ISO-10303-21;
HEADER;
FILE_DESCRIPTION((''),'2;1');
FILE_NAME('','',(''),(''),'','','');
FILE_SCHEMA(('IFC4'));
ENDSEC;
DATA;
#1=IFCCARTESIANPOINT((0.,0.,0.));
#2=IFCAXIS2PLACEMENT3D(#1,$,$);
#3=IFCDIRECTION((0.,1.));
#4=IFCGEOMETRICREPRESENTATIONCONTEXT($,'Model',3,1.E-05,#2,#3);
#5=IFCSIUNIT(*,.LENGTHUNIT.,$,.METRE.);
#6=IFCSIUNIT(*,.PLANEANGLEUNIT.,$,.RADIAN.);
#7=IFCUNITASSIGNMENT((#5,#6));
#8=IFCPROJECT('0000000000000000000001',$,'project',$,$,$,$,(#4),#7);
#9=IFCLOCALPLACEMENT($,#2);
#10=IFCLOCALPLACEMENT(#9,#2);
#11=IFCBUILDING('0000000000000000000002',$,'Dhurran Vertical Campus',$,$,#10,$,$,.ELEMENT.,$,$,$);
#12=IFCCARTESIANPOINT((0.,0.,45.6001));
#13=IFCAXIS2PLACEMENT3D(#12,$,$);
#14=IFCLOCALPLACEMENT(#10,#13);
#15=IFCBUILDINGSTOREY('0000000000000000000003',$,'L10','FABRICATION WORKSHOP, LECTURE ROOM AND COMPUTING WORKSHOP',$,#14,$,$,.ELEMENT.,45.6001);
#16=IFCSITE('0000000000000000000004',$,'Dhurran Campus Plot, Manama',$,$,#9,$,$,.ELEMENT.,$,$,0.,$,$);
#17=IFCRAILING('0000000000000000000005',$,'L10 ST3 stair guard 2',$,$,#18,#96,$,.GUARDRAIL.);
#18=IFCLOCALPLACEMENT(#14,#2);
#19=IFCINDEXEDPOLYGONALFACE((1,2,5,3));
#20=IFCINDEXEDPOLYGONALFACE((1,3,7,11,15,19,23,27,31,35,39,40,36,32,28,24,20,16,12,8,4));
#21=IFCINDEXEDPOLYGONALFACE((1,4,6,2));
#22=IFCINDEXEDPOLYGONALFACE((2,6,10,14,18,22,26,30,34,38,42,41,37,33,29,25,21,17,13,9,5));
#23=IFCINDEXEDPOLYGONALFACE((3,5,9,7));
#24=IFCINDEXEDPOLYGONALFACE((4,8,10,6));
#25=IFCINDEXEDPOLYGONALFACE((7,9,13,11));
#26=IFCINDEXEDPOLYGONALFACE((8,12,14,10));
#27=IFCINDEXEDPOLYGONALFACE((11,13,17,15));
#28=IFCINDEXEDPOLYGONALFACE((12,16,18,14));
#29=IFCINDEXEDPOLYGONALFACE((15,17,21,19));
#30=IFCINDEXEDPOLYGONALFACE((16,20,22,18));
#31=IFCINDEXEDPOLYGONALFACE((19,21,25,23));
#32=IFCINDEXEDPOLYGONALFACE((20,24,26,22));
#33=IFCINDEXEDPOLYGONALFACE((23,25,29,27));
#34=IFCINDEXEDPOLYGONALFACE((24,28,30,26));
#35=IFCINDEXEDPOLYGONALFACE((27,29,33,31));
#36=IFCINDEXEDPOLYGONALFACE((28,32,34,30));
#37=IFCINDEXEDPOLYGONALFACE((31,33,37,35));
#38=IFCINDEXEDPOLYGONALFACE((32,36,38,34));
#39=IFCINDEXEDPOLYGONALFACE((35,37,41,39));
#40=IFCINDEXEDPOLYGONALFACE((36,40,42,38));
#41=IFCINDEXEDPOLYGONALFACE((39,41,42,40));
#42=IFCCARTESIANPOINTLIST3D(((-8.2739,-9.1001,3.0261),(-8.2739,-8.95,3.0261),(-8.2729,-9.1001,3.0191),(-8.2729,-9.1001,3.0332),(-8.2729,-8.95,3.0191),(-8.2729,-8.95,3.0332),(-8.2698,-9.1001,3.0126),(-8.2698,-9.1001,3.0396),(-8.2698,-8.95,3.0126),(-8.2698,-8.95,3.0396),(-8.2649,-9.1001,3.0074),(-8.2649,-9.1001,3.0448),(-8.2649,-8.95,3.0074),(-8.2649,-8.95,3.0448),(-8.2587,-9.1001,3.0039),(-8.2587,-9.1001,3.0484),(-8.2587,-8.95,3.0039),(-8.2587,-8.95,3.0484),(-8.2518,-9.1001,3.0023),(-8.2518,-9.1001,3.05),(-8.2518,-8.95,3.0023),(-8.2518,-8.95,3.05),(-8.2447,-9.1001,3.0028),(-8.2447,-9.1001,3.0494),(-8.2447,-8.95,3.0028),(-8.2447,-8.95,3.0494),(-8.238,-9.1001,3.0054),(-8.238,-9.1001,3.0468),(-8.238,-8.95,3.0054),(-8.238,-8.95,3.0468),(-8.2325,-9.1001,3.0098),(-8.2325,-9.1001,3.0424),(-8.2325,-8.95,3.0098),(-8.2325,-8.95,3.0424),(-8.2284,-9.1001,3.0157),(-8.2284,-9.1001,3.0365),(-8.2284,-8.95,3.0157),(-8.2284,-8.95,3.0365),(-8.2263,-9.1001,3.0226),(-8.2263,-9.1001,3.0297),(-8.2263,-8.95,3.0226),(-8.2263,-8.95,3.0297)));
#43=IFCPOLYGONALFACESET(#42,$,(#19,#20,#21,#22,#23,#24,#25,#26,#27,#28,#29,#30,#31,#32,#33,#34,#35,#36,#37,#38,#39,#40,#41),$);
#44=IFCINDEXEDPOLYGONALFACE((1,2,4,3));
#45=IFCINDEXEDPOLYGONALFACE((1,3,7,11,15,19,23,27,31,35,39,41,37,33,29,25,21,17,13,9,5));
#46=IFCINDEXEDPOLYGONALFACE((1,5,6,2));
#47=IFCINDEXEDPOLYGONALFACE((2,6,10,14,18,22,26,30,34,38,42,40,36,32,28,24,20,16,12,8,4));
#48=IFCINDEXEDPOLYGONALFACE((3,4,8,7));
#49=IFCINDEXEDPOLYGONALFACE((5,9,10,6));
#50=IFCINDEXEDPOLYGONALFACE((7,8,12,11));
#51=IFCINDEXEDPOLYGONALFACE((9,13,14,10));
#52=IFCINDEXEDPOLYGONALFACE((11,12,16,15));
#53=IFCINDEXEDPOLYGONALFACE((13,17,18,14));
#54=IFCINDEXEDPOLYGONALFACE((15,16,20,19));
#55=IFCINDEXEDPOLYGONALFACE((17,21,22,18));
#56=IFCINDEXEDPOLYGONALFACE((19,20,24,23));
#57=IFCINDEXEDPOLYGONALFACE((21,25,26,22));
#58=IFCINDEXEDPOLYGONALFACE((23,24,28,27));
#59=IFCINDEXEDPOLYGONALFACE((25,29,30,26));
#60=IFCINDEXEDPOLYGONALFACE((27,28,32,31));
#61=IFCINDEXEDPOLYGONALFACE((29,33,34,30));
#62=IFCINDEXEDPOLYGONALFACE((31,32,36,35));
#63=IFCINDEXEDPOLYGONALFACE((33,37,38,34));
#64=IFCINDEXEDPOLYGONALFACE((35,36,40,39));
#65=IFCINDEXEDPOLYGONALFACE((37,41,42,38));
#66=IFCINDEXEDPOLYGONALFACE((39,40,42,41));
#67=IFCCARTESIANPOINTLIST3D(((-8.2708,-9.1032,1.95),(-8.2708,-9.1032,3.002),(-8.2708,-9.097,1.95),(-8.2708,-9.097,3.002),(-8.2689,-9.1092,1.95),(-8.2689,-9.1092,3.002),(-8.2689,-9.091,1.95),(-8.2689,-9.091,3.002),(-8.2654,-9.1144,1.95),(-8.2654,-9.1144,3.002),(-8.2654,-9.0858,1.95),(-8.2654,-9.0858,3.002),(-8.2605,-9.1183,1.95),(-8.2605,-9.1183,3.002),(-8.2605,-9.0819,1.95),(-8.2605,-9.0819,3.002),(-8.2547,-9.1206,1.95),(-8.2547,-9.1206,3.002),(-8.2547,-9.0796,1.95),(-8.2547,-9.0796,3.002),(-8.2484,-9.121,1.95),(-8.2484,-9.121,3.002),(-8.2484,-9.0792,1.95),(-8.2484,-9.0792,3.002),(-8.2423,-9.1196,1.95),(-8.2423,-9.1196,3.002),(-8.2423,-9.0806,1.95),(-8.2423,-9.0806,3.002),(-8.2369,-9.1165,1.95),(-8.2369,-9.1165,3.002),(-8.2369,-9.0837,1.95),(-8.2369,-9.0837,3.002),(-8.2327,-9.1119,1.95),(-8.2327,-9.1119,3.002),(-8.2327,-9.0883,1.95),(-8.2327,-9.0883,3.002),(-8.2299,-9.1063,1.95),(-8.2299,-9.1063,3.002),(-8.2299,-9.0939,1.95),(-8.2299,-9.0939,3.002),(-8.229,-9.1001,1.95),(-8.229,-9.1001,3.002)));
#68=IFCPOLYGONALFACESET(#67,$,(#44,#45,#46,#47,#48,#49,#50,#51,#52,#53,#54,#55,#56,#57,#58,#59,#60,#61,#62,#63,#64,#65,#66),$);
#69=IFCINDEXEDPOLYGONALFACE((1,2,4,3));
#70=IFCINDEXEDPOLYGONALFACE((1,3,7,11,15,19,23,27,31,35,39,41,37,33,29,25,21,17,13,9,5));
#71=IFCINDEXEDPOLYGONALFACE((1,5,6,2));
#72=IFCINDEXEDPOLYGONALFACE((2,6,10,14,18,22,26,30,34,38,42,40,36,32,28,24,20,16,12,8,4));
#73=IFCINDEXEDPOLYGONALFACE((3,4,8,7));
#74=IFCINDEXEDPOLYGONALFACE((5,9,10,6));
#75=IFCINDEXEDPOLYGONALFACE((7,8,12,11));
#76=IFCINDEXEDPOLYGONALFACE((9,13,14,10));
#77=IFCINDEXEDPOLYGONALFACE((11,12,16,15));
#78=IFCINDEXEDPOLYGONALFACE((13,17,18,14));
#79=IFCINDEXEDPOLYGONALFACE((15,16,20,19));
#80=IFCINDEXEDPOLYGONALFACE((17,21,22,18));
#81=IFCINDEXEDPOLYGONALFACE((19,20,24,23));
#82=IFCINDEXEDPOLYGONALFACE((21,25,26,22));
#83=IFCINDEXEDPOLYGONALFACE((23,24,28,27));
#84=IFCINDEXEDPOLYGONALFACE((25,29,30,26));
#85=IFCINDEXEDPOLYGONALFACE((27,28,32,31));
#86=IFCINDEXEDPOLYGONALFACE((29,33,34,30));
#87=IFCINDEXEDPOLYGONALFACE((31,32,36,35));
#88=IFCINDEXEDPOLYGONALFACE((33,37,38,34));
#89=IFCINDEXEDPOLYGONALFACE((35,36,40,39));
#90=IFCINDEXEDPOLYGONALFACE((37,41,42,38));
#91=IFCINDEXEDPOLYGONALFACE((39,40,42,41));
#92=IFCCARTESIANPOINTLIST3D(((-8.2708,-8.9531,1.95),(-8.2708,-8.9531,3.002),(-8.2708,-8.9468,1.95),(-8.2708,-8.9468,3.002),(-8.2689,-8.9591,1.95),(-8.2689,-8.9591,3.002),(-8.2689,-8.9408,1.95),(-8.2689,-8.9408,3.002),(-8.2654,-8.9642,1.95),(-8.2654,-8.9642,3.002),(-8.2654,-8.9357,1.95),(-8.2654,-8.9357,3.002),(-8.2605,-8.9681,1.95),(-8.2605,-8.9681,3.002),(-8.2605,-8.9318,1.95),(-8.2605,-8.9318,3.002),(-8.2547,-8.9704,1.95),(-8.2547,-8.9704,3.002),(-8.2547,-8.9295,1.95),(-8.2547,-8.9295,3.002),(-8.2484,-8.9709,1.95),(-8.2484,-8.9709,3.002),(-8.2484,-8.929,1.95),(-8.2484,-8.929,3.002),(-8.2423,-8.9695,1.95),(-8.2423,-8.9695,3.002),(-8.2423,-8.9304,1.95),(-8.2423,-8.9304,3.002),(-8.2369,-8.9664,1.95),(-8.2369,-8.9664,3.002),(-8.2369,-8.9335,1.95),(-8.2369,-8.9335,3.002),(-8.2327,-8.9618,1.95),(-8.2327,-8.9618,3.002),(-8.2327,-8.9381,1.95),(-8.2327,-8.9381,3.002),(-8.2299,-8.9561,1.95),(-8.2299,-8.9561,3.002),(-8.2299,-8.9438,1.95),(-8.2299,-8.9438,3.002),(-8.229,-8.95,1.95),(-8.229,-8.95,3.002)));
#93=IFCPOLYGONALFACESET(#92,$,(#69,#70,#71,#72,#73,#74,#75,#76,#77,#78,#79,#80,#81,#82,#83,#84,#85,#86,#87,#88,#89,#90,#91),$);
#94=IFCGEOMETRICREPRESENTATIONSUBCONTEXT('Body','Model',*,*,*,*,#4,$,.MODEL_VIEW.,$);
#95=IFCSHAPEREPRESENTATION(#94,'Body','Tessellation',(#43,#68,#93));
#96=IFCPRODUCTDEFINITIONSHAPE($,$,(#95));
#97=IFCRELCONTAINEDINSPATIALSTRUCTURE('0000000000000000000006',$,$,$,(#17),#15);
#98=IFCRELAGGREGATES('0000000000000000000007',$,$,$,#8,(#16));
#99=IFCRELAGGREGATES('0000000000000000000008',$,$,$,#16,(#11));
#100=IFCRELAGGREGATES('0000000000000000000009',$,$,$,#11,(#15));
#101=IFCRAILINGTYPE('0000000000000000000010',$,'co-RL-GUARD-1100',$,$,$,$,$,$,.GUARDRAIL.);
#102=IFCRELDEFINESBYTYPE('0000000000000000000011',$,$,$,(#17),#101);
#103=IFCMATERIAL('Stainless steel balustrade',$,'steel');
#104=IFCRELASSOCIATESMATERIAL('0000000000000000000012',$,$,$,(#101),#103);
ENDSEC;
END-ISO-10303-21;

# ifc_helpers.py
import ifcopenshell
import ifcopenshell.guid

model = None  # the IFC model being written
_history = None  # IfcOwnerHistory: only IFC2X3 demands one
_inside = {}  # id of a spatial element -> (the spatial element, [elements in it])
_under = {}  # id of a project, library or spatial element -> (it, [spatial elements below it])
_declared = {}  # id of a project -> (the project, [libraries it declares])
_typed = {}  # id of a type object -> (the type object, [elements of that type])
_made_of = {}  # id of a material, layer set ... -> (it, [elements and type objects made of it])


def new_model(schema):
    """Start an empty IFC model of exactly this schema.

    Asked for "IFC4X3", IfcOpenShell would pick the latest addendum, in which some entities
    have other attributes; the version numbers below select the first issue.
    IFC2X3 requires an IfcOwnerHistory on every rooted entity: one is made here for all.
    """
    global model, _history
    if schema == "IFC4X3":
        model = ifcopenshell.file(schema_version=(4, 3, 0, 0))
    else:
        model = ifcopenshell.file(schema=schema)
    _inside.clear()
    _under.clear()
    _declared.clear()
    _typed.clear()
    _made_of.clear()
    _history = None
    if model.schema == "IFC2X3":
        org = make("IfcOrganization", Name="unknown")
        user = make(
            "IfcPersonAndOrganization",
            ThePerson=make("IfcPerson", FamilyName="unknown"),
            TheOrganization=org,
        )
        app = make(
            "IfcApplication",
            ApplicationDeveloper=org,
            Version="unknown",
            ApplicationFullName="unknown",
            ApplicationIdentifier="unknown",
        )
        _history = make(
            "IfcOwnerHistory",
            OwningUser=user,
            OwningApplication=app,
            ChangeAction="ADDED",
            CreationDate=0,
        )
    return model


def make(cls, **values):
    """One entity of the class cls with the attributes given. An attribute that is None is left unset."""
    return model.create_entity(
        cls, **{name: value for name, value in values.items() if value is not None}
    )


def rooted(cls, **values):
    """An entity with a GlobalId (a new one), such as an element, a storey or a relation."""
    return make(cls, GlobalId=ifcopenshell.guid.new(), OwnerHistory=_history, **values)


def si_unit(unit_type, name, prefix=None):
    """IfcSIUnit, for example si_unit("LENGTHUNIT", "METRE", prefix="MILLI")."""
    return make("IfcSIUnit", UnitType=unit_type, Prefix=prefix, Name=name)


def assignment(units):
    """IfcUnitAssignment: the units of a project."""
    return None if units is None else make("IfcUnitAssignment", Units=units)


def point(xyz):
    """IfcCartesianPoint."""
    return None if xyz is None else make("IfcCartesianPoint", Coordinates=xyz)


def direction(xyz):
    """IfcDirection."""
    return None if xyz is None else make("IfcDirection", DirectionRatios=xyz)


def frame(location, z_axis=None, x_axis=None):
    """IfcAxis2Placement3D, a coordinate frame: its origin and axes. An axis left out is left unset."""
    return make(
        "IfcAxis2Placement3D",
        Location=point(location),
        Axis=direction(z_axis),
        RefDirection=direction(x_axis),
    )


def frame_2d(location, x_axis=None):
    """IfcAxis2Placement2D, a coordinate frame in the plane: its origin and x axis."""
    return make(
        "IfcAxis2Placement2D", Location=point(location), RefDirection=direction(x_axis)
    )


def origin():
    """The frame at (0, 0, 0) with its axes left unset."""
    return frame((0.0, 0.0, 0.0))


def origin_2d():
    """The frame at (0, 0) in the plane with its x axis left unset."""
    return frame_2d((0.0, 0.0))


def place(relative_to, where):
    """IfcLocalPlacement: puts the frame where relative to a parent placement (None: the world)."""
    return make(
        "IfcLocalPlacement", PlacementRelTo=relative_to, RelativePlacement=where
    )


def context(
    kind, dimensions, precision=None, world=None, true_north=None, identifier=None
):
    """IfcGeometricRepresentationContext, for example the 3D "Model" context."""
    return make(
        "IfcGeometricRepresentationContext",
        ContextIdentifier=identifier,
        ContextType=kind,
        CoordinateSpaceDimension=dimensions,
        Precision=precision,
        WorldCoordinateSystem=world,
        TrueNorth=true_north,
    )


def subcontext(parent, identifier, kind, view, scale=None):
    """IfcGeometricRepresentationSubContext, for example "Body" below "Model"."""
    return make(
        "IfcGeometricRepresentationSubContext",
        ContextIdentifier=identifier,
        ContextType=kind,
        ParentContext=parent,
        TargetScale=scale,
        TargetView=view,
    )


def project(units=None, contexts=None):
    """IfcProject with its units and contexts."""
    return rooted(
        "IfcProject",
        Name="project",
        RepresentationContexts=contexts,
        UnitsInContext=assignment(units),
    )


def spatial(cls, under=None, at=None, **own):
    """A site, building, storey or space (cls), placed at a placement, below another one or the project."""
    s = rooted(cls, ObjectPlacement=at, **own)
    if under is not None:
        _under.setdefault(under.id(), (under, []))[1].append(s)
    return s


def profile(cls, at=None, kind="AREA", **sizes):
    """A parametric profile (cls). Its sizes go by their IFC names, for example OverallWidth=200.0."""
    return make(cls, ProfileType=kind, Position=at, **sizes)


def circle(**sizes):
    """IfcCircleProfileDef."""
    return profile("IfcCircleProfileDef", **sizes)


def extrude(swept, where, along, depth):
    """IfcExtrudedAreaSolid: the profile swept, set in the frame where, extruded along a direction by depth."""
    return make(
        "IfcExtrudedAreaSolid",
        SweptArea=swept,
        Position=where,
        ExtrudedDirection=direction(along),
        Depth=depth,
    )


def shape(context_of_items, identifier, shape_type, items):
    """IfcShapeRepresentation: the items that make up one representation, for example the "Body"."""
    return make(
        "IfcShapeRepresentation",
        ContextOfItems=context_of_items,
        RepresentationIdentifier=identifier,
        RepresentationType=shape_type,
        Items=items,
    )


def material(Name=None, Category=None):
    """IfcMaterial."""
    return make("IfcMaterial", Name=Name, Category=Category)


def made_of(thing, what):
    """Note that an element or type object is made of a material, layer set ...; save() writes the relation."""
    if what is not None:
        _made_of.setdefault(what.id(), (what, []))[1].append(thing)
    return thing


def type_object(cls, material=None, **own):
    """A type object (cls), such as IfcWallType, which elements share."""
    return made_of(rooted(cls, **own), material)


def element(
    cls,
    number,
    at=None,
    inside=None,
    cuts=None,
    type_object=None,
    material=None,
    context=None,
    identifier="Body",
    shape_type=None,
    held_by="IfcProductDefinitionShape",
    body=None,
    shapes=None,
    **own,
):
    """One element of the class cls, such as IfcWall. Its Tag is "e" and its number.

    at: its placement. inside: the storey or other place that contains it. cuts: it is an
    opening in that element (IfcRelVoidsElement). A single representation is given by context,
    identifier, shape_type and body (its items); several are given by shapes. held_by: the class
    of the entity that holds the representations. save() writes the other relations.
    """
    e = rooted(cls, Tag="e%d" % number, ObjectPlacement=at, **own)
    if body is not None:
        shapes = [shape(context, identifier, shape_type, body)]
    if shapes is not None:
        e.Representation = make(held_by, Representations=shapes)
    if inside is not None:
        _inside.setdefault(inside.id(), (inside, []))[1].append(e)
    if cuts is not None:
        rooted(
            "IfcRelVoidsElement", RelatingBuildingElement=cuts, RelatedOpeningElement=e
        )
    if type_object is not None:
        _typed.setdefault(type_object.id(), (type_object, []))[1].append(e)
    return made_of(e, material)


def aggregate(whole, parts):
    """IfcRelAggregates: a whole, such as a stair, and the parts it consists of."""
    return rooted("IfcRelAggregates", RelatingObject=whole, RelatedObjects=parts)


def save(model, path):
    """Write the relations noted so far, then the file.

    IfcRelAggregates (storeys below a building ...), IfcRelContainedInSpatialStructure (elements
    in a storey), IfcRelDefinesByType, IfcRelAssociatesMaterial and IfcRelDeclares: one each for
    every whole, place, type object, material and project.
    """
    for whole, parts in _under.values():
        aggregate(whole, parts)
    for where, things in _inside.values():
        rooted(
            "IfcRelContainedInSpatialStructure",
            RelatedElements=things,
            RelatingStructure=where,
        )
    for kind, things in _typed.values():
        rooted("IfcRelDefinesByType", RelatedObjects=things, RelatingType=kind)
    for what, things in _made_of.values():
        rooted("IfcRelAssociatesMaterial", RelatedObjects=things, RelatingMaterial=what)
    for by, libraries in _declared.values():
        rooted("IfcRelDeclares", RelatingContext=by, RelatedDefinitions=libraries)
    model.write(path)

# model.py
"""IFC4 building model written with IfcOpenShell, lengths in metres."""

from ifc_helpers import new_model, si_unit, direction, frame, origin, origin_2d, place, context, subcontext, project, spatial, circle, extrude, material, type_object, element, save


model = new_model("IFC4")

# Units and contexts
model_context = context("Model", 3, precision=1e-05, world=origin(), true_north=direction((0.0, 1.0)))
body_context = subcontext(model_context, "Body", "Model", "MODEL_VIEW")
ifc_project = project(units=[si_unit("LENGTHUNIT", "METRE"), si_unit("PLANEANGLEUNIT", "RADIAN")], contexts=[model_context])

# Site, building, storey
site_placement = place(None, origin())
site = spatial("IfcSite", under=ifc_project, at=site_placement, Name="Dhurran Campus Plot, Manama", CompositionType="ELEMENT", RefElevation=0.0)
building_placement = place(site_placement, origin())
building = spatial("IfcBuilding", under=site, at=building_placement, Name="Dhurran Vertical Campus", CompositionType="ELEMENT")
storey_placement = place(building_placement, frame((0.0, 0.0, 45.6001)))
storey = spatial("IfcBuildingStorey", under=building, at=storey_placement, Name="L10", Description="FABRICATION WORKSHOP, LECTURE ROOM AND COMPUTING WORKSHOP", CompositionType="ELEMENT", Elevation=45.6001)

# Railing
ifc_material_1 = material(Name="Stainless steel balustrade", Category="steel")
railing_type_1 = type_object("IfcRailingType", Name="co-RL-GUARD-1100", PredefinedType="GUARDRAIL", material=ifc_material_1)
railing_1_placement = place(storey_placement, frame((-8.25, -9.1001, 1.95)))
element("IfcRailing", 1, at=railing_1_placement, inside=storey, type_object=railing_type_1, Name="L10 ST3 stair guard 2", PredefinedType="GUARDRAIL", context=body_context, shape_type="SweptSolid", body=[
    extrude(circle(Radius=0.0239, at=origin_2d()), frame((0.0, 0.0, 1.0762), z_axis=(0.0, 1.0, 0.0), x_axis=(-1.0, 0.0, 0.0)), (0.0, 0.0, 1.0), 0.1501),
    extrude(circle(Radius=0.021, at=origin_2d()), origin(), (0.0, 0.0, 1.0), 1.052),
    extrude(circle(Radius=0.021, at=origin_2d()), frame((0.0, 0.1501, 0.0)), (0.0, 0.0, 1.0), 1.052),
])

save(model, "model.ifc")
